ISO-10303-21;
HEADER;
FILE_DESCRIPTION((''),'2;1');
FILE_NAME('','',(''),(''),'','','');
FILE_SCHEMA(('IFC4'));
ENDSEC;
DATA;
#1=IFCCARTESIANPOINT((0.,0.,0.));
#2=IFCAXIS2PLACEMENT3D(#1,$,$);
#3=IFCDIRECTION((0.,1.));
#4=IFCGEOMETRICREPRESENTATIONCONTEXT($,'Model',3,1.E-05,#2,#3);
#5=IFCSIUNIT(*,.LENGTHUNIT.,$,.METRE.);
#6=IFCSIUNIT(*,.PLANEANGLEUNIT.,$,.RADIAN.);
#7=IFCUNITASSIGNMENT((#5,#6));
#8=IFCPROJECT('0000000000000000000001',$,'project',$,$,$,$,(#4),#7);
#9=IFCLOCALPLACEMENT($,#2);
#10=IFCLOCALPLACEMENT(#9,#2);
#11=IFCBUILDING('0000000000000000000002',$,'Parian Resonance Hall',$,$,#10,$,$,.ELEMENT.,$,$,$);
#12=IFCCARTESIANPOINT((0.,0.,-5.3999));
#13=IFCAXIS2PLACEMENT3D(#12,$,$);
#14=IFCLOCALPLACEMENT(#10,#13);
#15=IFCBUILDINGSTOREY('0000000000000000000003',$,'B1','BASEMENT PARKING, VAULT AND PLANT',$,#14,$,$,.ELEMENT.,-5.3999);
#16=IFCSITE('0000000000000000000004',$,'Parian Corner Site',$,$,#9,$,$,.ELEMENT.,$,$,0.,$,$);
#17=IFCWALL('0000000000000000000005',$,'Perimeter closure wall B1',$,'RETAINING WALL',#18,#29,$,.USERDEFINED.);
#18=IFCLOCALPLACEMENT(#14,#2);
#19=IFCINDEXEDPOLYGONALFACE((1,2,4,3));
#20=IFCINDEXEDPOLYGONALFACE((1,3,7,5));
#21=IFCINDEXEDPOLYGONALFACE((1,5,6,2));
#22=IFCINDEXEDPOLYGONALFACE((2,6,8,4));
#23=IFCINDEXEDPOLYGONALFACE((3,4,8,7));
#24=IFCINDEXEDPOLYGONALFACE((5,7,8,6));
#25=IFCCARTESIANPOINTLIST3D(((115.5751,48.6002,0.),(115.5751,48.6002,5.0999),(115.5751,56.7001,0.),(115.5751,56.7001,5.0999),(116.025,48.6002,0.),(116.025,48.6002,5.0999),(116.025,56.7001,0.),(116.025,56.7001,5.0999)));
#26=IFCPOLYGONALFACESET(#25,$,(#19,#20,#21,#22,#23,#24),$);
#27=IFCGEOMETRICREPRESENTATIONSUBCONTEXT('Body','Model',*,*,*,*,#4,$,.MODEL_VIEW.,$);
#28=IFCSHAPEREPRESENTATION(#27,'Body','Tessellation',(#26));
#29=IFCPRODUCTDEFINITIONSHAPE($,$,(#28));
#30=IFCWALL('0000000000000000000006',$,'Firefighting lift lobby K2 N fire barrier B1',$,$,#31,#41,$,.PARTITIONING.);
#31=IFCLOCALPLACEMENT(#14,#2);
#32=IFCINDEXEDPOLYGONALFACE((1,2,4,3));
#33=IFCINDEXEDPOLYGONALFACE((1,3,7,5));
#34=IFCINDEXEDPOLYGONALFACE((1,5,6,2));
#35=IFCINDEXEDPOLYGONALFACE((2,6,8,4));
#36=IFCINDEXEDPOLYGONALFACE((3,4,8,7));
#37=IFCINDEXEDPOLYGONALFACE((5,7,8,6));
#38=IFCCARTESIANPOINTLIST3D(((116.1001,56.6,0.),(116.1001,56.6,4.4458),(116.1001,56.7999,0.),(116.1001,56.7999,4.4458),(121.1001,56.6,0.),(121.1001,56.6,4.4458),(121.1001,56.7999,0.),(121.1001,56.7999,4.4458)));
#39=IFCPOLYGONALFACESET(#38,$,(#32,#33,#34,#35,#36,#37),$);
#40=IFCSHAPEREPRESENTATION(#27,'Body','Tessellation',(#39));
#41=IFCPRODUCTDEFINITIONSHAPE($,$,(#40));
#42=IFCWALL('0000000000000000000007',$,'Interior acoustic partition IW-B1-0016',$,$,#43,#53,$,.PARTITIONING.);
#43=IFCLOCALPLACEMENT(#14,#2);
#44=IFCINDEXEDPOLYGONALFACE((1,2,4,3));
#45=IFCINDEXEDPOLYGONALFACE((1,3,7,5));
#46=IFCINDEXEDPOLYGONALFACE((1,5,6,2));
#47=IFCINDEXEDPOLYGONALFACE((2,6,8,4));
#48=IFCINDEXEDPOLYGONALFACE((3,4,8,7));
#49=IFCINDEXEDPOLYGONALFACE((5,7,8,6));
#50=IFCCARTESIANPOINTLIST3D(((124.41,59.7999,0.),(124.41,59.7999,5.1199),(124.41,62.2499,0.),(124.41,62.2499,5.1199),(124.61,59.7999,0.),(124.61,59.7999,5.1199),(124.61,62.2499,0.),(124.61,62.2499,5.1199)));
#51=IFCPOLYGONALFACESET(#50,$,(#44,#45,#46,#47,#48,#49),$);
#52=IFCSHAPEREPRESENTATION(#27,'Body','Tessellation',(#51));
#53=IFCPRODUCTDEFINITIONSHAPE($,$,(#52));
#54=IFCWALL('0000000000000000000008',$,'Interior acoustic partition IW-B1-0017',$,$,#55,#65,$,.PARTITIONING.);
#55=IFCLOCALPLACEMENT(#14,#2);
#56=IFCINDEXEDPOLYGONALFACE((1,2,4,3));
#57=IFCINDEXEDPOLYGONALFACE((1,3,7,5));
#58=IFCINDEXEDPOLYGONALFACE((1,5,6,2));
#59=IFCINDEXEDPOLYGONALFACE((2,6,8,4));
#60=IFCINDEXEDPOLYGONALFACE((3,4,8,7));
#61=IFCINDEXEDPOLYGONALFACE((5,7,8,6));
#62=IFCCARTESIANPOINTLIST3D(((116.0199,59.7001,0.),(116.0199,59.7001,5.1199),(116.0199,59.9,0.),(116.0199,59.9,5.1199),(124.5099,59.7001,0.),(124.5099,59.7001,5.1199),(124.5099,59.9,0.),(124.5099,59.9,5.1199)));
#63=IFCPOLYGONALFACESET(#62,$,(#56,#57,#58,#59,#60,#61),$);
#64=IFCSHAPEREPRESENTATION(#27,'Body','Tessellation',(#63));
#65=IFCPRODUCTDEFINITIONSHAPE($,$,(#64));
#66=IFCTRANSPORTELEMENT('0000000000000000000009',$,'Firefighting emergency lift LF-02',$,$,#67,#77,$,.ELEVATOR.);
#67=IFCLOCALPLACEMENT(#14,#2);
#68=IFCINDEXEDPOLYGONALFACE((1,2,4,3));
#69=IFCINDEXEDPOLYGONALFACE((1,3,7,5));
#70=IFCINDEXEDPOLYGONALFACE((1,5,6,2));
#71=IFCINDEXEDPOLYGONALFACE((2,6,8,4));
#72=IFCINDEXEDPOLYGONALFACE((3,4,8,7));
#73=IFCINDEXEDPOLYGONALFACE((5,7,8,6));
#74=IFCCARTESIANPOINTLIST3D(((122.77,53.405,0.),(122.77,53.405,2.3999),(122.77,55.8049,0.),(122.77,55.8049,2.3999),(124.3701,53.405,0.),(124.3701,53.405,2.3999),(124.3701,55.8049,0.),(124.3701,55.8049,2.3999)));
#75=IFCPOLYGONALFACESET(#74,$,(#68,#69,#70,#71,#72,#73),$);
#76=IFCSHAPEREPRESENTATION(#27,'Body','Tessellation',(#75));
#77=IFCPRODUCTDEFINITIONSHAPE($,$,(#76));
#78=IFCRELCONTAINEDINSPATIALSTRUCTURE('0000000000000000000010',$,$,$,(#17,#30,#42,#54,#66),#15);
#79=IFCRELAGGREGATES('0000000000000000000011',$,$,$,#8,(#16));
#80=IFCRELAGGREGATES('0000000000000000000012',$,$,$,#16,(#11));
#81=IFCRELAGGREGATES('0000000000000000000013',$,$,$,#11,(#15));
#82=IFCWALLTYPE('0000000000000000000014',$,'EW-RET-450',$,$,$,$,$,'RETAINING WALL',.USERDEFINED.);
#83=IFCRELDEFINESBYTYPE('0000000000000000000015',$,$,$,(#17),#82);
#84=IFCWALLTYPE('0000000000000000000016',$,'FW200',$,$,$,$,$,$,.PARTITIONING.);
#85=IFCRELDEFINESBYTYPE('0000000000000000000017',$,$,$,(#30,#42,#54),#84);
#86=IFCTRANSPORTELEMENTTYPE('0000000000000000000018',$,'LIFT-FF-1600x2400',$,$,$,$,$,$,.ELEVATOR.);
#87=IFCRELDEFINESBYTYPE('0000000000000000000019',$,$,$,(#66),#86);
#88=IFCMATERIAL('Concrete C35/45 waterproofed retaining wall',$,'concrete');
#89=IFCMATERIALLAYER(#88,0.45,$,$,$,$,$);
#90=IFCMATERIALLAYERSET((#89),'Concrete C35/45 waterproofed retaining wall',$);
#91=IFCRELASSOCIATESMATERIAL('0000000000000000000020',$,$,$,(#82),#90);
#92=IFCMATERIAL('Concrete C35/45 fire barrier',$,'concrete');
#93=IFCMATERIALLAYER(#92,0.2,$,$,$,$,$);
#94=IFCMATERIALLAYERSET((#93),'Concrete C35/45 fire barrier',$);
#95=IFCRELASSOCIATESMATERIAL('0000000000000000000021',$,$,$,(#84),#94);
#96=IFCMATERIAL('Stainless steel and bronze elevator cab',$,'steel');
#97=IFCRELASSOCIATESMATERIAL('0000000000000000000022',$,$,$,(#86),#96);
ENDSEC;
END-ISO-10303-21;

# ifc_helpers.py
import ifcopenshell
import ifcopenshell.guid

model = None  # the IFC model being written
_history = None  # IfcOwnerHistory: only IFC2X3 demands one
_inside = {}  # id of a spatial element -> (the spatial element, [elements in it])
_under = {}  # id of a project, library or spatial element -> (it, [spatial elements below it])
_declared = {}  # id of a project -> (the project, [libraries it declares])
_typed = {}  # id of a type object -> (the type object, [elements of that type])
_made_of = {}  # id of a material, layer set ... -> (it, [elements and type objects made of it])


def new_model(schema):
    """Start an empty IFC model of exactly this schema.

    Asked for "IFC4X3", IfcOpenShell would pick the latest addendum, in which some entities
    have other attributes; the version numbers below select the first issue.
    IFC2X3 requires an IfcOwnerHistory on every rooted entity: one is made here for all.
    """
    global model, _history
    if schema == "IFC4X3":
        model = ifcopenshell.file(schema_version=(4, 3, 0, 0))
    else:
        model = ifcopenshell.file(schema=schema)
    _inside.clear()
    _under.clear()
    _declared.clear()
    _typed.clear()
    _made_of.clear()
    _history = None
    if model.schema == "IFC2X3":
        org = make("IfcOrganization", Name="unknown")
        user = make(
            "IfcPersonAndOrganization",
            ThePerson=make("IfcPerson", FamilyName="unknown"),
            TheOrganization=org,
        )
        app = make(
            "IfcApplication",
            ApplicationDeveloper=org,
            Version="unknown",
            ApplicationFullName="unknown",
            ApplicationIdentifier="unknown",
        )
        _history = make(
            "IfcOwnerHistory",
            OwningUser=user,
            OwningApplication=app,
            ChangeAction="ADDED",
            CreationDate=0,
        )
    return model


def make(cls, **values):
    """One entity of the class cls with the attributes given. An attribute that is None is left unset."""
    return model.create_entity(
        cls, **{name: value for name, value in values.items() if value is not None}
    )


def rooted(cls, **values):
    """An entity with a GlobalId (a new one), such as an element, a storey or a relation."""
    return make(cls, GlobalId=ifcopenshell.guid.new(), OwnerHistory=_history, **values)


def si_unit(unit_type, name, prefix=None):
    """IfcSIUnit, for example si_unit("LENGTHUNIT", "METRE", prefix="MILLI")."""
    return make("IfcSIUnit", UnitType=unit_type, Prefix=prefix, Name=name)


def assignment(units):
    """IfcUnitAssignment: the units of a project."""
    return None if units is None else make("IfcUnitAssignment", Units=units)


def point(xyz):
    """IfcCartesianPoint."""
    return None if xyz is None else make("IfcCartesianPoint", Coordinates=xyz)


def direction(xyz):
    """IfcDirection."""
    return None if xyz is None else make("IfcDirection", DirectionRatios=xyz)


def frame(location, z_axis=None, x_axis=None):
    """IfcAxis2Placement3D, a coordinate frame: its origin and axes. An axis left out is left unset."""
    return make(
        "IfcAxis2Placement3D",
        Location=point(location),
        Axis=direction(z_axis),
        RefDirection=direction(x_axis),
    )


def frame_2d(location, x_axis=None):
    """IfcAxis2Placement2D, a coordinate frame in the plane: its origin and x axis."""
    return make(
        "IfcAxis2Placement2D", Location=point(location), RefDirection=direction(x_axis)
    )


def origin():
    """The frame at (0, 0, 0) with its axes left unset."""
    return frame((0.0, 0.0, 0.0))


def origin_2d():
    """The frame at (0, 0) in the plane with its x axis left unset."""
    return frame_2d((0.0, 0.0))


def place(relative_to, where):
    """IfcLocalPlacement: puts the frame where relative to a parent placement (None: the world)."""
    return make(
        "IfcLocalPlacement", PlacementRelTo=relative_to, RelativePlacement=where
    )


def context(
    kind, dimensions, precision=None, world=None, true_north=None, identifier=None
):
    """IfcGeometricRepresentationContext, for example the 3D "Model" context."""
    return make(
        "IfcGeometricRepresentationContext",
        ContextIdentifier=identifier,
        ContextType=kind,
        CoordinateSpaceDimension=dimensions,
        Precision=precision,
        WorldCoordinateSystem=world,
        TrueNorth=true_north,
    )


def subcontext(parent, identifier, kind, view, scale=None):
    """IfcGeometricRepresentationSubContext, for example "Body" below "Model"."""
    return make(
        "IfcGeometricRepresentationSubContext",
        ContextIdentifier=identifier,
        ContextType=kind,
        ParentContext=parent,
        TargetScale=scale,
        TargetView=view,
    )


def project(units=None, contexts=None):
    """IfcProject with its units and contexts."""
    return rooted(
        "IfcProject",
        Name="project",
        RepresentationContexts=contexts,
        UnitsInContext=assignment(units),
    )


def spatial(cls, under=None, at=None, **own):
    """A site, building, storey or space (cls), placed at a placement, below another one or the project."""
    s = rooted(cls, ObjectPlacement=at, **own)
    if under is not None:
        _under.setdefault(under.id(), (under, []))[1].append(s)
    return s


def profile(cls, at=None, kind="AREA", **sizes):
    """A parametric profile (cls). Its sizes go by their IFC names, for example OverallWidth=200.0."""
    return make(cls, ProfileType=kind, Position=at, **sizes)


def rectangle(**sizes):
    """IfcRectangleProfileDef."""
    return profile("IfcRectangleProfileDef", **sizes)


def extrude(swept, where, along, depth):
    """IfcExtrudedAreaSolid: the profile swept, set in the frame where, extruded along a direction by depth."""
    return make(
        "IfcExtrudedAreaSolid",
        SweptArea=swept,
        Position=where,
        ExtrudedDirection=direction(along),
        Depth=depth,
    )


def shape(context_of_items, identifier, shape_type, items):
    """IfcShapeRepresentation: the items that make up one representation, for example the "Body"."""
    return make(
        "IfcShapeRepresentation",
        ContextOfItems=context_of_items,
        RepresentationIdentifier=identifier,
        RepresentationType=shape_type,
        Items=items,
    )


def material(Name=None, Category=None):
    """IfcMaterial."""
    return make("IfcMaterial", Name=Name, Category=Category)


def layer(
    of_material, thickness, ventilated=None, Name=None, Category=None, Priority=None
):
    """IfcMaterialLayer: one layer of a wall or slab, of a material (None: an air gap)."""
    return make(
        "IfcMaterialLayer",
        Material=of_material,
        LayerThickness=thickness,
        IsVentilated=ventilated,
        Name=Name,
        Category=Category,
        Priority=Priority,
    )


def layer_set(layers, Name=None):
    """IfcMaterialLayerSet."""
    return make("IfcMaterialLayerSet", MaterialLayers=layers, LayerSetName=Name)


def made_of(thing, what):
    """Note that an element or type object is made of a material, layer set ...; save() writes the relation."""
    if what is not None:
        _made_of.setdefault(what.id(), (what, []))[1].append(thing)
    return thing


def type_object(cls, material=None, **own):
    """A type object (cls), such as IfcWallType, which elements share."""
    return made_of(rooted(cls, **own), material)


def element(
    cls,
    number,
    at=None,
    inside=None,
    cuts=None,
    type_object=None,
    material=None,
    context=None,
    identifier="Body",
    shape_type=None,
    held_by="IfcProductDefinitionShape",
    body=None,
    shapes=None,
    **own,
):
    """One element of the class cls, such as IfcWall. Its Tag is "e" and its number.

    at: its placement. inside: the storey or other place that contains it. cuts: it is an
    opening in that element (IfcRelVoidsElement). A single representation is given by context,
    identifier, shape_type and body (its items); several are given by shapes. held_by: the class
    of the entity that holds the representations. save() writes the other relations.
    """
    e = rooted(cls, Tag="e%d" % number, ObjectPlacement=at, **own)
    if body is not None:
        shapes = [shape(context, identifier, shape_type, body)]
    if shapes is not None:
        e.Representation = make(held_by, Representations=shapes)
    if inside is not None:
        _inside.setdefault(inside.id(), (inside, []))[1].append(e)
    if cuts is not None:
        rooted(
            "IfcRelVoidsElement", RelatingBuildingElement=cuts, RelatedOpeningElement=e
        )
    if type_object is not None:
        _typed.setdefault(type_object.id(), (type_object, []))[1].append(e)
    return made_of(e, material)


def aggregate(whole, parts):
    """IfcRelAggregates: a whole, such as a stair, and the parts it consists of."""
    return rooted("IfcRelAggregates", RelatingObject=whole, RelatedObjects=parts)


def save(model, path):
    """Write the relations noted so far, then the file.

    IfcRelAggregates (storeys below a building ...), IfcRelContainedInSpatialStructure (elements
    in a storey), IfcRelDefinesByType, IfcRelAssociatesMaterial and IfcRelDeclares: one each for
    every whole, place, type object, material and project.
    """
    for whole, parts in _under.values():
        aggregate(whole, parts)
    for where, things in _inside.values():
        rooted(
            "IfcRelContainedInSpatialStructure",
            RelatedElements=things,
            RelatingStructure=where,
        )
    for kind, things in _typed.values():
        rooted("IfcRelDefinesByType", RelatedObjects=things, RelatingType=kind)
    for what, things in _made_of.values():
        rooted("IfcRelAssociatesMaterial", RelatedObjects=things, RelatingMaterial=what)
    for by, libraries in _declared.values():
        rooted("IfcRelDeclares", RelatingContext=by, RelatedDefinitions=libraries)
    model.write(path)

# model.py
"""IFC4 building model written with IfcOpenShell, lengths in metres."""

from ifc_helpers import new_model, si_unit, direction, frame, frame_2d, origin, origin_2d, place, context, subcontext, project, spatial, rectangle, extrude, material, layer, layer_set, type_object, element, save


model = new_model("IFC4")

# Units and contexts
model_context = context("Model", 3, precision=1e-05, world=origin(), true_north=direction((0.0, 1.0)))
body_context = subcontext(model_context, "Body", "Model", "MODEL_VIEW")
ifc_project = project(units=[si_unit("LENGTHUNIT", "METRE"), si_unit("PLANEANGLEUNIT", "RADIAN")], contexts=[model_context])

# Site, building, storey
site_placement = place(None, origin())
site = spatial("IfcSite", under=ifc_project, at=site_placement, Name="Parian Corner Site", CompositionType="ELEMENT", RefElevation=0.0)
building_placement = place(site_placement, origin())
building = spatial("IfcBuilding", under=site, at=building_placement, Name="Parian Resonance Hall", CompositionType="ELEMENT")
storey_placement = place(building_placement, frame((0.0, 0.0, -5.3999)))
storey = spatial("IfcBuildingStorey", under=building, at=storey_placement, Name="B1", Description="BASEMENT PARKING, VAULT AND PLANT", CompositionType="ELEMENT", Elevation=-5.3999)

# Walls
ifc_material_1 = material(Name="Concrete C35/45 waterproofed retaining wall", Category="concrete")
ifc_layer_1 = layer(ifc_material_1, 0.45)
ifc_layer_set_1 = layer_set([ifc_layer_1], Name="Concrete C35/45 waterproofed retaining wall")
wall_type_1 = type_object("IfcWallType", Name="EW-RET-450", ElementType="RETAINING WALL", PredefinedType="USERDEFINED", material=ifc_layer_set_1)
wall_1_placement = place(storey_placement, frame((115.8, 56.7, 0.0), z_axis=(0.0, 0.0, 1.0), x_axis=(0.0, -1.0, 0.0)))
element("IfcWall", 1, at=wall_1_placement, inside=storey, type_object=wall_type_1, Name="Perimeter closure wall B1", ObjectType="RETAINING WALL", PredefinedType="USERDEFINED", context=body_context, shape_type="SweptSolid", body=[
    extrude(rectangle(XDim=8.0999, YDim=0.45, at=frame_2d((4.0498, 0.0))), origin(), (0.0, 0.0, 1.0), 5.0999),
])
ifc_material_2 = material(Name="Concrete C35/45 fire barrier", Category="concrete")
ifc_layer_2 = layer(ifc_material_2, 0.2)
ifc_layer_set_2 = layer_set([ifc_layer_2], Name="Concrete C35/45 fire barrier")
wall_type_2 = type_object("IfcWallType", Name="FW200", PredefinedType="PARTITIONING", material=ifc_layer_set_2)
wall_2_placement = place(storey_placement, frame((116.1001, 56.7, 0.0), z_axis=(0.0, 0.0, 1.0), x_axis=(1.0, 0.0, 0.0)))
element("IfcWall", 2, at=wall_2_placement, inside=storey, type_object=wall_type_2, Name="Firefighting lift lobby K2 N fire barrier B1", PredefinedType="PARTITIONING", context=body_context, shape_type="SweptSolid", body=[
    extrude(rectangle(XDim=5.0, YDim=0.2, at=frame_2d((2.5, 0.0))), origin(), (0.0, 0.0, 1.0), 4.4458),
])
wall_3_placement = place(storey_placement, frame((124.51, 62.25, 0.0), z_axis=(0.0, 0.0, 1.0), x_axis=(0.0, -1.0, 0.0)))
element("IfcWall", 3, at=wall_3_placement, inside=storey, type_object=wall_type_2, Name="Interior acoustic partition IW-B1-0016", PredefinedType="PARTITIONING", context=body_context, shape_type="SweptSolid", body=[
    extrude(rectangle(XDim=2.45, YDim=0.2, at=frame_2d((1.2251, 0.0))), origin(), (0.0, 0.0, 1.0), 5.1199),
])
wall_4_placement = place(storey_placement, frame((124.51, 59.8, 0.0), z_axis=(0.0, 0.0, 1.0), x_axis=(-1.0, 0.0, 0.0)))
element("IfcWall", 4, at=wall_4_placement, inside=storey, type_object=wall_type_2, Name="Interior acoustic partition IW-B1-0017", PredefinedType="PARTITIONING", context=body_context, shape_type="SweptSolid", body=[
    extrude(rectangle(XDim=8.49, YDim=0.2, at=frame_2d((4.2451, 0.0))), origin(), (0.0, 0.0, 1.0), 5.1199),
])

# Transport element
ifc_material_3 = material(Name="Stainless steel and bronze elevator cab", Category="steel")
transport_element_type = type_object("IfcTransportElementType", Name="LIFT-FF-1600x2400", PredefinedType="ELEVATOR", material=ifc_material_3)
transport_element_placement = place(storey_placement, frame((123.5701, 54.605, 0.0), z_axis=(0.0, 0.0, 1.0), x_axis=(1.0, 0.0, 0.0)))
element("IfcTransportElement", 5, at=transport_element_placement, inside=storey, type_object=transport_element_type, Name="Firefighting emergency lift LF-02", PredefinedType="ELEVATOR", context=body_context, shape_type="SweptSolid", body=[
    extrude(rectangle(XDim=1.6001, YDim=2.3999, at=origin_2d()), origin(), (0.0, 0.0, 1.0), 2.3999),
])

save(model, "model.ifc")
